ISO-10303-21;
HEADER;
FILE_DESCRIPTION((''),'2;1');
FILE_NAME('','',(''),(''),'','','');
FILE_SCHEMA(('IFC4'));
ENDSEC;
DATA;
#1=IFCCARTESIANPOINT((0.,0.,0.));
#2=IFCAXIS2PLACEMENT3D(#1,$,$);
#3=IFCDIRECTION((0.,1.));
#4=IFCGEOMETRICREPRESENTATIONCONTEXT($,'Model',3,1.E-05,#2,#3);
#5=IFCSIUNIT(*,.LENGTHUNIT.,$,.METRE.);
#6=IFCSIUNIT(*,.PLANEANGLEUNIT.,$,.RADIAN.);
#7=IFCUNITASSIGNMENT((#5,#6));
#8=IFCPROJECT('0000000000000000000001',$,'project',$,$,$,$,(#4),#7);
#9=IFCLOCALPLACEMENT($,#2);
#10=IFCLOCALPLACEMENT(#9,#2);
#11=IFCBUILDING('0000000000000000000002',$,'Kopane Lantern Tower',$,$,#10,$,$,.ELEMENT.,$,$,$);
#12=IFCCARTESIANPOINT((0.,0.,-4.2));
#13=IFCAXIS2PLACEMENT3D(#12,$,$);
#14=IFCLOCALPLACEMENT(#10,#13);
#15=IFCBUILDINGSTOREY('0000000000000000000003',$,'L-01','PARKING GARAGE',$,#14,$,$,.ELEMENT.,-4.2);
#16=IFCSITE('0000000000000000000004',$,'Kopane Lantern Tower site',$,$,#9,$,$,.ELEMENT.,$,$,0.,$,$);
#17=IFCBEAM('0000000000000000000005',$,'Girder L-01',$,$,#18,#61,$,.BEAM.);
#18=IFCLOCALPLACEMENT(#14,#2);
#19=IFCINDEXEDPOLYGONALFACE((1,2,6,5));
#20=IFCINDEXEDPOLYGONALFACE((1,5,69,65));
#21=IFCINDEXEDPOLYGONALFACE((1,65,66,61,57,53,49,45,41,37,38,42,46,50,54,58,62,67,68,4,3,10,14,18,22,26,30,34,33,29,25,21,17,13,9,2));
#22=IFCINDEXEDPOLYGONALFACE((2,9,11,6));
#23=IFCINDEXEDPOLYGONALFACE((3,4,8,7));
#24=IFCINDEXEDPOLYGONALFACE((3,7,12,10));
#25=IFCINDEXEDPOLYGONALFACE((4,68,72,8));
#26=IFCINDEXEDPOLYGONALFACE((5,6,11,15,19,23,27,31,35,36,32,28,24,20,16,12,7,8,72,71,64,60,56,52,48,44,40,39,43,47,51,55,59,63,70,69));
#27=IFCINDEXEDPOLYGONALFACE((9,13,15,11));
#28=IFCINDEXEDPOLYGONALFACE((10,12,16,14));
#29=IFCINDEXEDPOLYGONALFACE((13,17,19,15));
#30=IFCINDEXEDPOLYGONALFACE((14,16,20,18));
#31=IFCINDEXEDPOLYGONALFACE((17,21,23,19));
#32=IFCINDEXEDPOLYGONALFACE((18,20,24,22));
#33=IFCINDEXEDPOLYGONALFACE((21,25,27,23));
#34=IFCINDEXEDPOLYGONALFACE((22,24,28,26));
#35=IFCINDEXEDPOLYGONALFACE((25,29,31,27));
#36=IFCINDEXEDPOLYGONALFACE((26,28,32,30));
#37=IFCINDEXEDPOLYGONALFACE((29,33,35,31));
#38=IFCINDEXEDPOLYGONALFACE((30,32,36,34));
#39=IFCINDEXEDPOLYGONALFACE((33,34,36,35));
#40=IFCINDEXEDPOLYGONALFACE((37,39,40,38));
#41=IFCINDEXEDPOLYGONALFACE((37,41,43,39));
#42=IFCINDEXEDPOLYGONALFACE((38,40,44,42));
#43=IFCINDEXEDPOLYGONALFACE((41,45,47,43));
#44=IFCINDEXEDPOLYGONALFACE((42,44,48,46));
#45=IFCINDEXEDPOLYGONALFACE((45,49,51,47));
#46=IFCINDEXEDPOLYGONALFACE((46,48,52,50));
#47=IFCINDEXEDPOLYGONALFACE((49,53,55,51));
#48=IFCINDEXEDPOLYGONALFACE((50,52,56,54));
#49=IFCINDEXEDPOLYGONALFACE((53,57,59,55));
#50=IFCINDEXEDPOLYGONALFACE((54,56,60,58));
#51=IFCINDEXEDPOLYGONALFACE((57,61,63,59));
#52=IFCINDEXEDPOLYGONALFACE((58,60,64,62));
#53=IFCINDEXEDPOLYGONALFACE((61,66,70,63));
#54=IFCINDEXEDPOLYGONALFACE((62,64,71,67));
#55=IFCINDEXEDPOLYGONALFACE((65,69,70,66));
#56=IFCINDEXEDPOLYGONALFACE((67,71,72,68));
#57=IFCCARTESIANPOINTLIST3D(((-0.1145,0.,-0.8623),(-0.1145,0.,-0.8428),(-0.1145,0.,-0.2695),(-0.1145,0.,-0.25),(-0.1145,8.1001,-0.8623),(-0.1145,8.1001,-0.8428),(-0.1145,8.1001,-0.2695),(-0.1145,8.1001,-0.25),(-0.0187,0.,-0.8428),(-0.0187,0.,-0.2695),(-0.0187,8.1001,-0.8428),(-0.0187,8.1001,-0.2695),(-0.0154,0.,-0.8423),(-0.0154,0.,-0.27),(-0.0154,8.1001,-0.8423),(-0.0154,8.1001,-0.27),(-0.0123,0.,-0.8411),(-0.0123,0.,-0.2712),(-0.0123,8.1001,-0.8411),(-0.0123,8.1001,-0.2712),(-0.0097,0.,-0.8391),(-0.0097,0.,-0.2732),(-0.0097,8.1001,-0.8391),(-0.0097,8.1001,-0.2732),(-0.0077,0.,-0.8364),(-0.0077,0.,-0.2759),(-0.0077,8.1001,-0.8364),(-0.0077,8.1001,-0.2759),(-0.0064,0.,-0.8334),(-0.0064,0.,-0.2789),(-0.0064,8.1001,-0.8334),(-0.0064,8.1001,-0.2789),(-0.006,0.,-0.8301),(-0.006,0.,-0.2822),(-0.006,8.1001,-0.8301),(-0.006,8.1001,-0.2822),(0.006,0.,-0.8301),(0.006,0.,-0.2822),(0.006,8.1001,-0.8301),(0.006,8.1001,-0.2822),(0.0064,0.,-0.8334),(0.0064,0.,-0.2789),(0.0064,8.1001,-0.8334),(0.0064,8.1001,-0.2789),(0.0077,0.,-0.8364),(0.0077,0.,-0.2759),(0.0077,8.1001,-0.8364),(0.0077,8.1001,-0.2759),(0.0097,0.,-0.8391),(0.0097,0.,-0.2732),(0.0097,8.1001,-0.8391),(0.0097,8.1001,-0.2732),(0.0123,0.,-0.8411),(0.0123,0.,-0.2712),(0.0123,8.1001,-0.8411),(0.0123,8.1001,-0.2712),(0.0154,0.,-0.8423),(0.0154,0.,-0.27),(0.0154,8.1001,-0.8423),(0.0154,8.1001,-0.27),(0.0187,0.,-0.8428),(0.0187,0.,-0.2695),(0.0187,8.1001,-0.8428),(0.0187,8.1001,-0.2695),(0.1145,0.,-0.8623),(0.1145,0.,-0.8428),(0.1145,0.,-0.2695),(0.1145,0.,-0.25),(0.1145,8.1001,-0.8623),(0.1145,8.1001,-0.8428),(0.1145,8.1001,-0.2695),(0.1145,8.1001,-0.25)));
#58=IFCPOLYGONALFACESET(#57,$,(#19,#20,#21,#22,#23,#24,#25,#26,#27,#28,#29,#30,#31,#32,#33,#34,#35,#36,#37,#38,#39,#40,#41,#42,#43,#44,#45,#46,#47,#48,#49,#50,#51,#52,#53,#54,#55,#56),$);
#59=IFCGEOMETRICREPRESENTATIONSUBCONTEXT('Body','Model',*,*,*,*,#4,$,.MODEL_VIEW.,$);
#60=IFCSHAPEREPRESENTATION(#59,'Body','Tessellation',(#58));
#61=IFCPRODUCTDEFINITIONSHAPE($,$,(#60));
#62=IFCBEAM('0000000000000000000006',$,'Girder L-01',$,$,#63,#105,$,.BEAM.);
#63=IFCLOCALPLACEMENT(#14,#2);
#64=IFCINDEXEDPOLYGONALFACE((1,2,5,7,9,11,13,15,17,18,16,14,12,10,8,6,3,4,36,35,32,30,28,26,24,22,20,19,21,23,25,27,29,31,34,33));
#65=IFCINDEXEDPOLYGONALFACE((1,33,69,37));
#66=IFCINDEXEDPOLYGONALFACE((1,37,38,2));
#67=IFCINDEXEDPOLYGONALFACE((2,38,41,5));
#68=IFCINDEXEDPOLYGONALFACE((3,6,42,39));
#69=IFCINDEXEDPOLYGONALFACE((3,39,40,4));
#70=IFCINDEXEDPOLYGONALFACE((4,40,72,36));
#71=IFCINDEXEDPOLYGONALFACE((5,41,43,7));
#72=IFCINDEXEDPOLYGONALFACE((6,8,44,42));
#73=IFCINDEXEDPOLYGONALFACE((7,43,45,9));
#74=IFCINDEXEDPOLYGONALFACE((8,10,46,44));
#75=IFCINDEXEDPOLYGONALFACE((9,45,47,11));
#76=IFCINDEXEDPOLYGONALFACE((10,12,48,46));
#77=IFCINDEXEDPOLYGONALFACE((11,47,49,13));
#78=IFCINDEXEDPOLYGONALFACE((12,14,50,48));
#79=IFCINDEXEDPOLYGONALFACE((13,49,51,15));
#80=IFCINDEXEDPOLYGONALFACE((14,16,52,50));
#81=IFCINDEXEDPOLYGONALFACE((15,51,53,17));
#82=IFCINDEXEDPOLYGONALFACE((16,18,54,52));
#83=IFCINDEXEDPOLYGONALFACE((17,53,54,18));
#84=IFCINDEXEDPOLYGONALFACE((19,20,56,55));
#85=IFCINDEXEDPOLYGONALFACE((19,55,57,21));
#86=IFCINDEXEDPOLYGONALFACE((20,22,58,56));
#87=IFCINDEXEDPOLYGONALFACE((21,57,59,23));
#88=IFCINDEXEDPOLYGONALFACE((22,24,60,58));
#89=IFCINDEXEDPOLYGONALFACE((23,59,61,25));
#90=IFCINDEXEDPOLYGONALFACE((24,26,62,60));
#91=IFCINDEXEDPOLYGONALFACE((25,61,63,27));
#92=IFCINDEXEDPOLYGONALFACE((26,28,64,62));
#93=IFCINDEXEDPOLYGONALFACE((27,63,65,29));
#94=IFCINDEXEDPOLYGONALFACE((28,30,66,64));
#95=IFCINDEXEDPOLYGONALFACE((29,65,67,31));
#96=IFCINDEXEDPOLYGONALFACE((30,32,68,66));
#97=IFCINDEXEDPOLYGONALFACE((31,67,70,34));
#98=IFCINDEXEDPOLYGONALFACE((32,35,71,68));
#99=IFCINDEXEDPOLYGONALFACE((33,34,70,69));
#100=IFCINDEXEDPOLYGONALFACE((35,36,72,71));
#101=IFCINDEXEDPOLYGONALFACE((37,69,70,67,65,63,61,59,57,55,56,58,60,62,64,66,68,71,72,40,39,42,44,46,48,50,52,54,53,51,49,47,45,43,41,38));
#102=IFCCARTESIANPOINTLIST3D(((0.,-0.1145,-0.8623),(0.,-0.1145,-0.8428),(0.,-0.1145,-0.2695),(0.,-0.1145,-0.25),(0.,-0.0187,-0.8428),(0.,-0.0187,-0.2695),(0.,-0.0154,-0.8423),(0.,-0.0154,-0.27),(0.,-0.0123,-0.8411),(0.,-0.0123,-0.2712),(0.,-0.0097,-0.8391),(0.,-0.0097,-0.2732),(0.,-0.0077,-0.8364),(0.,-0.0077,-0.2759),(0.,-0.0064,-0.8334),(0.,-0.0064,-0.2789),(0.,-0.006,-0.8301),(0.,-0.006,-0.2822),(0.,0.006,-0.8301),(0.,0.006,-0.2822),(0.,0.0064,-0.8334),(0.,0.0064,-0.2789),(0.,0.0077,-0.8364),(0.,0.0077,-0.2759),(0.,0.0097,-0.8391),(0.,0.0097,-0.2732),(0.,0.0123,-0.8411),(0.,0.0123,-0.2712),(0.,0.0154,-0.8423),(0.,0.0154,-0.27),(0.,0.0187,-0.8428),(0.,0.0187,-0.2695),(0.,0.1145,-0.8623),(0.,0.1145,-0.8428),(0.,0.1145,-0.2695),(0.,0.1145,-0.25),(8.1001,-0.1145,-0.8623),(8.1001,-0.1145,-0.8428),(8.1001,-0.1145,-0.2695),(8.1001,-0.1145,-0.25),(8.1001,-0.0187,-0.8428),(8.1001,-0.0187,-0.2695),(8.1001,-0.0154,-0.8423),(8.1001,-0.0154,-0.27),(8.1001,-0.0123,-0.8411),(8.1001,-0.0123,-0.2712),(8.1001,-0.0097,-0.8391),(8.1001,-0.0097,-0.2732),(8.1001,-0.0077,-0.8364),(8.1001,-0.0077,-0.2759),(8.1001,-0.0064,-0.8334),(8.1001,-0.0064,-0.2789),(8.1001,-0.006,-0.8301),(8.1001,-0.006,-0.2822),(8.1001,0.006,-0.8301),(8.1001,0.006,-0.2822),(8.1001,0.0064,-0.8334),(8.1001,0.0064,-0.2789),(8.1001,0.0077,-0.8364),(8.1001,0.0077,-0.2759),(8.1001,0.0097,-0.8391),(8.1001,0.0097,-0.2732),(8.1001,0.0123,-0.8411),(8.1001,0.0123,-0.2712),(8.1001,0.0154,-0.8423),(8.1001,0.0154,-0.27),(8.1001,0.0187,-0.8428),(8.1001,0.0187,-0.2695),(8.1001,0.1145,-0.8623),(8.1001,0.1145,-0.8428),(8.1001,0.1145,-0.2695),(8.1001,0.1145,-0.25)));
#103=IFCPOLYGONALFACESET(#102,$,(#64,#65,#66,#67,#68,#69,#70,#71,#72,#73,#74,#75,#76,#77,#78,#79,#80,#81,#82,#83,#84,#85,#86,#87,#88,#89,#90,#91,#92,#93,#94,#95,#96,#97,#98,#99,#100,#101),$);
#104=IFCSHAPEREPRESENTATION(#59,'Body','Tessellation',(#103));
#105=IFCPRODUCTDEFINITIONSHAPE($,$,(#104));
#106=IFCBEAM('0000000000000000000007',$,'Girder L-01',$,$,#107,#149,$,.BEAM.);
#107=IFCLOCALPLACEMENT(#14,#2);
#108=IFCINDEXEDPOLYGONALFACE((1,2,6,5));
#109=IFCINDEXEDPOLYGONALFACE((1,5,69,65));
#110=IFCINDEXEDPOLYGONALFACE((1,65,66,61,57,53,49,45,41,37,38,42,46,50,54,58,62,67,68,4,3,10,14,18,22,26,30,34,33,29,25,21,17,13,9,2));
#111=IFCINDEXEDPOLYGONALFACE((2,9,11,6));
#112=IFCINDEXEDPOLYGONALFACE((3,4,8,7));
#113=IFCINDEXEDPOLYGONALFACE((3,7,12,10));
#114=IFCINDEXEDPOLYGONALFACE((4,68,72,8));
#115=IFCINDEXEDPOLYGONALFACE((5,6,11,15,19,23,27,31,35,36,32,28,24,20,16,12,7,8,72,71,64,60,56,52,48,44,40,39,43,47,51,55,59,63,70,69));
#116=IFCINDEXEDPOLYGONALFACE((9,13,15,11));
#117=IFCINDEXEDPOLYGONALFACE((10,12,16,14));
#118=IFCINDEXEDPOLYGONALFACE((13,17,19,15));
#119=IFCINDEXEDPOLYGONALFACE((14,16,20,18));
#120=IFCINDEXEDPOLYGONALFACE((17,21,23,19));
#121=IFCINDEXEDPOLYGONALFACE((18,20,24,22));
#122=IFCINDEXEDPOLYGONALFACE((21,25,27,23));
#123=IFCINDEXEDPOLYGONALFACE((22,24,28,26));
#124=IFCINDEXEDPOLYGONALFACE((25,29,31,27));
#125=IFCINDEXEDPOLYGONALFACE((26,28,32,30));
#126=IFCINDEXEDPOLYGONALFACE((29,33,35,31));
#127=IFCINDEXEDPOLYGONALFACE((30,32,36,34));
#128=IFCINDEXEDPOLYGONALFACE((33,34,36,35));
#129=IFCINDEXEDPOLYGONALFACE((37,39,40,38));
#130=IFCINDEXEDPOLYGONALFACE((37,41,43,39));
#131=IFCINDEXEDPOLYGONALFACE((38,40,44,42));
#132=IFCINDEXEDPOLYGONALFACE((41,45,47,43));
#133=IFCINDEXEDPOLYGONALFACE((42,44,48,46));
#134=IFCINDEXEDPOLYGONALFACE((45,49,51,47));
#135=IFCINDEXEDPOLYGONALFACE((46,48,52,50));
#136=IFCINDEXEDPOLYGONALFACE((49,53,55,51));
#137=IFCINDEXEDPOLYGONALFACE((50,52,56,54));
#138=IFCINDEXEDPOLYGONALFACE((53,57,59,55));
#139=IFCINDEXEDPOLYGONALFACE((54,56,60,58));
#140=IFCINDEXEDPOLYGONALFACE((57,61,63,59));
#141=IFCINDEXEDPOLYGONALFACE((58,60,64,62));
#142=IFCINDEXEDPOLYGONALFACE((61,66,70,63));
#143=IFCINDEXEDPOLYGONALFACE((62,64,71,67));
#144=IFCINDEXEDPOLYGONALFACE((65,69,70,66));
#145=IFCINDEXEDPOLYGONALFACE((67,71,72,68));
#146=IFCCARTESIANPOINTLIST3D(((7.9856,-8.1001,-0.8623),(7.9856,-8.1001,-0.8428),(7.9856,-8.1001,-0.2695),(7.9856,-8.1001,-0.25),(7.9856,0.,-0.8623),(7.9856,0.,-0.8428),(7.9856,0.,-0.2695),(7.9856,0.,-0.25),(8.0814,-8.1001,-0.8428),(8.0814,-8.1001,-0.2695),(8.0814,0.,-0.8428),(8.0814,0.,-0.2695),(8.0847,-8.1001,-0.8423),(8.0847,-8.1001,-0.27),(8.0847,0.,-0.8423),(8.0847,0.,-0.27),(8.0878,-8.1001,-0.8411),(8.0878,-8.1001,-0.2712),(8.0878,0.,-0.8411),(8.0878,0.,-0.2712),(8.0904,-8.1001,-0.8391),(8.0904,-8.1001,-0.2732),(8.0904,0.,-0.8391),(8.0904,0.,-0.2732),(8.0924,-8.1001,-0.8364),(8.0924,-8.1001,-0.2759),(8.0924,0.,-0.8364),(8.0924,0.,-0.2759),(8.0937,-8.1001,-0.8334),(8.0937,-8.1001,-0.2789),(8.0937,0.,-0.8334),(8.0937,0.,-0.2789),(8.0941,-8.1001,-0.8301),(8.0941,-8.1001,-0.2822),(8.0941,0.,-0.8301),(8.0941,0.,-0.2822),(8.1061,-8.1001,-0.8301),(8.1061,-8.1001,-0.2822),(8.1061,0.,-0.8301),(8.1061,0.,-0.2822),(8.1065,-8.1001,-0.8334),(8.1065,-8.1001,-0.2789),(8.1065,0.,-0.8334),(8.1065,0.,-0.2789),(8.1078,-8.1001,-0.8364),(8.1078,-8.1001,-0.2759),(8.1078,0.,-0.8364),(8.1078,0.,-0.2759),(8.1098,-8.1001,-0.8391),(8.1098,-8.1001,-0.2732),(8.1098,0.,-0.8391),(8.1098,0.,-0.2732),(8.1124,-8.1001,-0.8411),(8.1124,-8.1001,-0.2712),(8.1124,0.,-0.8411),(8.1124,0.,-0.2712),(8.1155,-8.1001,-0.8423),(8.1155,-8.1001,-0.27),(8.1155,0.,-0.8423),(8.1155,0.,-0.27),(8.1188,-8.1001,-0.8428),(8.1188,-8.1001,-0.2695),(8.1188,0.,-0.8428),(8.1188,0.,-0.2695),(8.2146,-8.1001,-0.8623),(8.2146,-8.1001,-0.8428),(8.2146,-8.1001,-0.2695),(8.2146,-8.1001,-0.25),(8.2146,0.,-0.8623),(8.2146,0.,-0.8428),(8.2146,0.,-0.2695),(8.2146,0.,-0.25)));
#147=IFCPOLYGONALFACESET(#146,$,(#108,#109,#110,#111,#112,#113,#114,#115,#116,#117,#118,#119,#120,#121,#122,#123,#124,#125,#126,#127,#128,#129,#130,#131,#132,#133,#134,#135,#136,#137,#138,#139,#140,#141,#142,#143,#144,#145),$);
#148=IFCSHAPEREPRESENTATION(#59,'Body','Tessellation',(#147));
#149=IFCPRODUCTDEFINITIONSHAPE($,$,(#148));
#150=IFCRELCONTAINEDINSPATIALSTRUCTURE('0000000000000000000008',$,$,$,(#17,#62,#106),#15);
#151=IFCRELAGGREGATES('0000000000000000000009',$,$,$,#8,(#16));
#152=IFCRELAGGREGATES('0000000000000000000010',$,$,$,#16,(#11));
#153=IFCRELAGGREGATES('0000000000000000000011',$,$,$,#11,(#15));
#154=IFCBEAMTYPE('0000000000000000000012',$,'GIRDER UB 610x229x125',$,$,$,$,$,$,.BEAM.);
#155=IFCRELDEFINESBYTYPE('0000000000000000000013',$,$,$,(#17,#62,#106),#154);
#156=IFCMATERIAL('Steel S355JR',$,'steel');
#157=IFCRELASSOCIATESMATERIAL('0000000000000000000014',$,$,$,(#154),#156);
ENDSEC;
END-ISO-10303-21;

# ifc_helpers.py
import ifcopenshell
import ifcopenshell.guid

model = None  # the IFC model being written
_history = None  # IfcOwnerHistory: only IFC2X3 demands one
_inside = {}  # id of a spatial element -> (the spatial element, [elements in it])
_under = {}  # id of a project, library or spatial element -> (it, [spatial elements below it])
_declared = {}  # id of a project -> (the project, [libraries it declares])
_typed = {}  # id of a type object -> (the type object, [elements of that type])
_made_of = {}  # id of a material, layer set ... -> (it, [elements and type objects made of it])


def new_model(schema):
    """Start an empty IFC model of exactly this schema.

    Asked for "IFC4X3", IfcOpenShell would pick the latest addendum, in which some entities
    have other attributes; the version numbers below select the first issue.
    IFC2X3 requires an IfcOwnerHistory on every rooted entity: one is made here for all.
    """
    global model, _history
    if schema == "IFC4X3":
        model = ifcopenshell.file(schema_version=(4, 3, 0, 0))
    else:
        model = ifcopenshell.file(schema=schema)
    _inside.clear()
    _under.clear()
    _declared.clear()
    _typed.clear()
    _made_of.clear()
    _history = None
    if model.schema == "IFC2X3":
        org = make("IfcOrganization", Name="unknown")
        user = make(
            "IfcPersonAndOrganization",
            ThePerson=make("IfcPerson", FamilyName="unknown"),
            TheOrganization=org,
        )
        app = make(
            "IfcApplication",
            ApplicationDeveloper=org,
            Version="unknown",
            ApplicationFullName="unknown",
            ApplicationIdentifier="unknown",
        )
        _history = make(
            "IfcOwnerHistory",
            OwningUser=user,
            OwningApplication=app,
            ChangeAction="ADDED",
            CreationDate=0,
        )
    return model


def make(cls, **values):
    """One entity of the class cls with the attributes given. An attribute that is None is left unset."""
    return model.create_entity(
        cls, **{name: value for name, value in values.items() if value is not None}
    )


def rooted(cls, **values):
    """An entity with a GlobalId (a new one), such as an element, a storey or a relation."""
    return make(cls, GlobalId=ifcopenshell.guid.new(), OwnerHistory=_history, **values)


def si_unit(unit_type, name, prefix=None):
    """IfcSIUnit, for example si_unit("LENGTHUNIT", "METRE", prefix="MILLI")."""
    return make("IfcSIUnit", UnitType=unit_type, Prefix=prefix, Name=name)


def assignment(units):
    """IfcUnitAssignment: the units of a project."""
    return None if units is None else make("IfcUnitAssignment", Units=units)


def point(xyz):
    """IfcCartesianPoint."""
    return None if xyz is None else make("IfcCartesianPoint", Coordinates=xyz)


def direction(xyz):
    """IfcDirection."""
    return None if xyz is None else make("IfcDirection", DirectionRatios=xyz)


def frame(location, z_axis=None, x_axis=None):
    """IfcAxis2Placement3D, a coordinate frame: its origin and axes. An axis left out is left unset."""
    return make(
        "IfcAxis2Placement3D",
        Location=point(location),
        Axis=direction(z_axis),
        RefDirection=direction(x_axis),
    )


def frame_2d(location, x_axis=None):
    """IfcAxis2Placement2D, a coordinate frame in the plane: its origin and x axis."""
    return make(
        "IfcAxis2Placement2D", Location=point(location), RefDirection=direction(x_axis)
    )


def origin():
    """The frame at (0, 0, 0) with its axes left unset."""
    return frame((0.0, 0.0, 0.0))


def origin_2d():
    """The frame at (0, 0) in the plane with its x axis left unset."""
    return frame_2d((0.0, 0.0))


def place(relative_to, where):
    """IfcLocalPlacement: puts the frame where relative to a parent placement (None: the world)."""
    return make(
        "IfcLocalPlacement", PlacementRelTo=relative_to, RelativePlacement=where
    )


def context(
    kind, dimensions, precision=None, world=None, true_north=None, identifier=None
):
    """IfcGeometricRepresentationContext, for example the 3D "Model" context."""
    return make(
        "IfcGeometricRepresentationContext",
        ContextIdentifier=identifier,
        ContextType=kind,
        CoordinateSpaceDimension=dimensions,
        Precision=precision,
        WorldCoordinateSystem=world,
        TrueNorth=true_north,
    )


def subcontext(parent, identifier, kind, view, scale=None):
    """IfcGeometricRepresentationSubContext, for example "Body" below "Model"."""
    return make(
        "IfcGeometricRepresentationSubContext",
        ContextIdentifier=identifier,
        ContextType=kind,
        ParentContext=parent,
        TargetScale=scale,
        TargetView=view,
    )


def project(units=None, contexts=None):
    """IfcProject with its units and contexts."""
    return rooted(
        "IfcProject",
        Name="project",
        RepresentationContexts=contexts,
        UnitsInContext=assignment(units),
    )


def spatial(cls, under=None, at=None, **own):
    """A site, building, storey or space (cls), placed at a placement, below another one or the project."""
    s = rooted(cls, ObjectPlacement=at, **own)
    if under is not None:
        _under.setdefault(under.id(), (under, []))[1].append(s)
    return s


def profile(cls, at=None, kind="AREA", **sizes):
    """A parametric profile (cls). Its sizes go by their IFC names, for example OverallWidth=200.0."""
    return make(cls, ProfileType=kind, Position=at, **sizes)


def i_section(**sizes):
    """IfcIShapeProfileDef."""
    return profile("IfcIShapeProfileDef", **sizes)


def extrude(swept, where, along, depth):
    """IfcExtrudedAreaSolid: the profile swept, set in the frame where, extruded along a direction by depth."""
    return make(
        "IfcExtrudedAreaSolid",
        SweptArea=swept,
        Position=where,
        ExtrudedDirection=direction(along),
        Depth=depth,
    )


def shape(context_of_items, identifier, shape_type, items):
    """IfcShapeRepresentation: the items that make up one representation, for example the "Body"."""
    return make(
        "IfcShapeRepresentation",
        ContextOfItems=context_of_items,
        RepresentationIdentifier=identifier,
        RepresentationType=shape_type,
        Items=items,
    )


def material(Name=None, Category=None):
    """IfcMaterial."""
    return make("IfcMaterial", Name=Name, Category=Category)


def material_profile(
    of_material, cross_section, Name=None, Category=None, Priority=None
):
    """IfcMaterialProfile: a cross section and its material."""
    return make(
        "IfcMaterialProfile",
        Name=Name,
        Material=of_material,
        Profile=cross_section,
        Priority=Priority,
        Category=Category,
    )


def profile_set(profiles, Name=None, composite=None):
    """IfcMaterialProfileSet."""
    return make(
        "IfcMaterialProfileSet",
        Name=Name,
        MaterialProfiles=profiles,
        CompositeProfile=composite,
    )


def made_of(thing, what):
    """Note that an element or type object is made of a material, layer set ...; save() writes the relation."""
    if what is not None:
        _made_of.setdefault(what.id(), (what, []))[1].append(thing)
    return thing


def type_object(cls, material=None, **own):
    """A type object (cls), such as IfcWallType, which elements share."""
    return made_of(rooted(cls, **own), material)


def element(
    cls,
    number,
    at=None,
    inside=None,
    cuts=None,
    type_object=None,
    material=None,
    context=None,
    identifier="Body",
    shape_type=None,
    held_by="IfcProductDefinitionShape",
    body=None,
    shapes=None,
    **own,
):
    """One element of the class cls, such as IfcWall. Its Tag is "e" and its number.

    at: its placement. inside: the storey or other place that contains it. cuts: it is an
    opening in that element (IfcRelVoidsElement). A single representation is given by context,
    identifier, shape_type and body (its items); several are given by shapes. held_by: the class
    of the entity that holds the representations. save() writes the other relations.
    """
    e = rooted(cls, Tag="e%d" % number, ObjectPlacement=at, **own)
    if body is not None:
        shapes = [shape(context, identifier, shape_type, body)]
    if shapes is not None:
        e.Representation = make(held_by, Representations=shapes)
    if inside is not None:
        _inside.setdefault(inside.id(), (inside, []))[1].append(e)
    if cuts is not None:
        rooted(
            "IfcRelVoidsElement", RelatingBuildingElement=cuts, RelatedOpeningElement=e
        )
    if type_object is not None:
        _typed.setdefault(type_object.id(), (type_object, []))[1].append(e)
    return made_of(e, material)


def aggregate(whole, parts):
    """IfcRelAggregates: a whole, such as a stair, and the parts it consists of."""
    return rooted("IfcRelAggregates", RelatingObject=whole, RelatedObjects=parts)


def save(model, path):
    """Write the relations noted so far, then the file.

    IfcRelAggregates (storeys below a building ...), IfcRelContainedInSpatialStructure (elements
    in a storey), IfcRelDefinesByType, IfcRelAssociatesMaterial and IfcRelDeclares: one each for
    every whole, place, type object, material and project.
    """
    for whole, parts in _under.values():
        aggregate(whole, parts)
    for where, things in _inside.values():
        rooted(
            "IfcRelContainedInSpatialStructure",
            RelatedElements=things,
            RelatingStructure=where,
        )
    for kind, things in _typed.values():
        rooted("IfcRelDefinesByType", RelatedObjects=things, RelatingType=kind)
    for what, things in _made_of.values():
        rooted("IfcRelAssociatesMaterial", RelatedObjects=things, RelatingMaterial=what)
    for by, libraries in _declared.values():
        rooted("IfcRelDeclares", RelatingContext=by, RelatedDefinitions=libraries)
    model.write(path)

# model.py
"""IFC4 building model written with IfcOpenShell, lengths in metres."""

from ifc_helpers import new_model, si_unit, direction, frame, origin, origin_2d, place, context, subcontext, project, spatial, i_section, extrude, material, material_profile, profile_set, type_object, element, save


model = new_model("IFC4")

# Units and contexts
model_context = context("Model", 3, precision=1e-05, world=origin(), true_north=direction((0.0, 1.0)))
body_context = subcontext(model_context, "Body", "Model", "MODEL_VIEW")
ifc_project = project(units=[si_unit("LENGTHUNIT", "METRE"), si_unit("PLANEANGLEUNIT", "RADIAN")], contexts=[model_context])

# Site, building, storey
site_placement = place(None, origin())
site = spatial("IfcSite", under=ifc_project, at=site_placement, Name="Kopane Lantern Tower site", CompositionType="ELEMENT", RefElevation=0.0)
building_placement = place(site_placement, origin())
building = spatial("IfcBuilding", under=site, at=building_placement, Name="Kopane Lantern Tower", CompositionType="ELEMENT")
storey_placement = place(building_placement, frame((0.0, 0.0, -4.2)))
storey = spatial("IfcBuildingStorey", under=building, at=storey_placement, Name="L-01", Description="PARKING GARAGE", CompositionType="ELEMENT", Elevation=-4.2)

# Beams
ifc_material_1 = material(Name="Steel S355JR", Category="steel")
ifc_material_profile_1 = material_profile(ifc_material_1, i_section(OverallWidth=0.229, OverallDepth=0.6123, WebThickness=0.012, FlangeThickness=0.0195, FilletRadius=0.0127, at=origin_2d()), Name="UB 610x229x125")
ifc_profile_set_1 = profile_set([ifc_material_profile_1], Name="Steel S355JR")
beam_type = type_object("IfcBeamType", Name="GIRDER UB 610x229x125", PredefinedType="BEAM", material=ifc_profile_set_1)
for number, where, z_axis, x_axis, name in (
    (1, (0.0, 0.0, -0.5562), (0.0, 1.0, 0.0), (-1.0, 0.0, 0.0), "Girder L-01"),
    (2, (0.0, 0.0, -0.5562), (1.0, 0.0, 0.0), (0.0, 1.0, 0.0), "Girder L-01"),
    (3, (8.1001, -8.1001, -0.5562), (0.0, 1.0, 0.0), (-1.0, 0.0, 0.0), "Girder L-01"),
):
    element("IfcBeam", number, at=place(storey_placement, frame(where, z_axis=z_axis, x_axis=x_axis)), inside=storey, type_object=beam_type, Name=name, PredefinedType="BEAM", context=body_context, shape_type="SweptSolid", body=[
        extrude(i_section(OverallWidth=0.229, OverallDepth=0.6123, WebThickness=0.012, FlangeThickness=0.0195, FilletRadius=0.0127, at=origin_2d()), origin(), (0.0, 0.0, 1.0), 8.1001),
    ])

save(model, "model.ifc")
